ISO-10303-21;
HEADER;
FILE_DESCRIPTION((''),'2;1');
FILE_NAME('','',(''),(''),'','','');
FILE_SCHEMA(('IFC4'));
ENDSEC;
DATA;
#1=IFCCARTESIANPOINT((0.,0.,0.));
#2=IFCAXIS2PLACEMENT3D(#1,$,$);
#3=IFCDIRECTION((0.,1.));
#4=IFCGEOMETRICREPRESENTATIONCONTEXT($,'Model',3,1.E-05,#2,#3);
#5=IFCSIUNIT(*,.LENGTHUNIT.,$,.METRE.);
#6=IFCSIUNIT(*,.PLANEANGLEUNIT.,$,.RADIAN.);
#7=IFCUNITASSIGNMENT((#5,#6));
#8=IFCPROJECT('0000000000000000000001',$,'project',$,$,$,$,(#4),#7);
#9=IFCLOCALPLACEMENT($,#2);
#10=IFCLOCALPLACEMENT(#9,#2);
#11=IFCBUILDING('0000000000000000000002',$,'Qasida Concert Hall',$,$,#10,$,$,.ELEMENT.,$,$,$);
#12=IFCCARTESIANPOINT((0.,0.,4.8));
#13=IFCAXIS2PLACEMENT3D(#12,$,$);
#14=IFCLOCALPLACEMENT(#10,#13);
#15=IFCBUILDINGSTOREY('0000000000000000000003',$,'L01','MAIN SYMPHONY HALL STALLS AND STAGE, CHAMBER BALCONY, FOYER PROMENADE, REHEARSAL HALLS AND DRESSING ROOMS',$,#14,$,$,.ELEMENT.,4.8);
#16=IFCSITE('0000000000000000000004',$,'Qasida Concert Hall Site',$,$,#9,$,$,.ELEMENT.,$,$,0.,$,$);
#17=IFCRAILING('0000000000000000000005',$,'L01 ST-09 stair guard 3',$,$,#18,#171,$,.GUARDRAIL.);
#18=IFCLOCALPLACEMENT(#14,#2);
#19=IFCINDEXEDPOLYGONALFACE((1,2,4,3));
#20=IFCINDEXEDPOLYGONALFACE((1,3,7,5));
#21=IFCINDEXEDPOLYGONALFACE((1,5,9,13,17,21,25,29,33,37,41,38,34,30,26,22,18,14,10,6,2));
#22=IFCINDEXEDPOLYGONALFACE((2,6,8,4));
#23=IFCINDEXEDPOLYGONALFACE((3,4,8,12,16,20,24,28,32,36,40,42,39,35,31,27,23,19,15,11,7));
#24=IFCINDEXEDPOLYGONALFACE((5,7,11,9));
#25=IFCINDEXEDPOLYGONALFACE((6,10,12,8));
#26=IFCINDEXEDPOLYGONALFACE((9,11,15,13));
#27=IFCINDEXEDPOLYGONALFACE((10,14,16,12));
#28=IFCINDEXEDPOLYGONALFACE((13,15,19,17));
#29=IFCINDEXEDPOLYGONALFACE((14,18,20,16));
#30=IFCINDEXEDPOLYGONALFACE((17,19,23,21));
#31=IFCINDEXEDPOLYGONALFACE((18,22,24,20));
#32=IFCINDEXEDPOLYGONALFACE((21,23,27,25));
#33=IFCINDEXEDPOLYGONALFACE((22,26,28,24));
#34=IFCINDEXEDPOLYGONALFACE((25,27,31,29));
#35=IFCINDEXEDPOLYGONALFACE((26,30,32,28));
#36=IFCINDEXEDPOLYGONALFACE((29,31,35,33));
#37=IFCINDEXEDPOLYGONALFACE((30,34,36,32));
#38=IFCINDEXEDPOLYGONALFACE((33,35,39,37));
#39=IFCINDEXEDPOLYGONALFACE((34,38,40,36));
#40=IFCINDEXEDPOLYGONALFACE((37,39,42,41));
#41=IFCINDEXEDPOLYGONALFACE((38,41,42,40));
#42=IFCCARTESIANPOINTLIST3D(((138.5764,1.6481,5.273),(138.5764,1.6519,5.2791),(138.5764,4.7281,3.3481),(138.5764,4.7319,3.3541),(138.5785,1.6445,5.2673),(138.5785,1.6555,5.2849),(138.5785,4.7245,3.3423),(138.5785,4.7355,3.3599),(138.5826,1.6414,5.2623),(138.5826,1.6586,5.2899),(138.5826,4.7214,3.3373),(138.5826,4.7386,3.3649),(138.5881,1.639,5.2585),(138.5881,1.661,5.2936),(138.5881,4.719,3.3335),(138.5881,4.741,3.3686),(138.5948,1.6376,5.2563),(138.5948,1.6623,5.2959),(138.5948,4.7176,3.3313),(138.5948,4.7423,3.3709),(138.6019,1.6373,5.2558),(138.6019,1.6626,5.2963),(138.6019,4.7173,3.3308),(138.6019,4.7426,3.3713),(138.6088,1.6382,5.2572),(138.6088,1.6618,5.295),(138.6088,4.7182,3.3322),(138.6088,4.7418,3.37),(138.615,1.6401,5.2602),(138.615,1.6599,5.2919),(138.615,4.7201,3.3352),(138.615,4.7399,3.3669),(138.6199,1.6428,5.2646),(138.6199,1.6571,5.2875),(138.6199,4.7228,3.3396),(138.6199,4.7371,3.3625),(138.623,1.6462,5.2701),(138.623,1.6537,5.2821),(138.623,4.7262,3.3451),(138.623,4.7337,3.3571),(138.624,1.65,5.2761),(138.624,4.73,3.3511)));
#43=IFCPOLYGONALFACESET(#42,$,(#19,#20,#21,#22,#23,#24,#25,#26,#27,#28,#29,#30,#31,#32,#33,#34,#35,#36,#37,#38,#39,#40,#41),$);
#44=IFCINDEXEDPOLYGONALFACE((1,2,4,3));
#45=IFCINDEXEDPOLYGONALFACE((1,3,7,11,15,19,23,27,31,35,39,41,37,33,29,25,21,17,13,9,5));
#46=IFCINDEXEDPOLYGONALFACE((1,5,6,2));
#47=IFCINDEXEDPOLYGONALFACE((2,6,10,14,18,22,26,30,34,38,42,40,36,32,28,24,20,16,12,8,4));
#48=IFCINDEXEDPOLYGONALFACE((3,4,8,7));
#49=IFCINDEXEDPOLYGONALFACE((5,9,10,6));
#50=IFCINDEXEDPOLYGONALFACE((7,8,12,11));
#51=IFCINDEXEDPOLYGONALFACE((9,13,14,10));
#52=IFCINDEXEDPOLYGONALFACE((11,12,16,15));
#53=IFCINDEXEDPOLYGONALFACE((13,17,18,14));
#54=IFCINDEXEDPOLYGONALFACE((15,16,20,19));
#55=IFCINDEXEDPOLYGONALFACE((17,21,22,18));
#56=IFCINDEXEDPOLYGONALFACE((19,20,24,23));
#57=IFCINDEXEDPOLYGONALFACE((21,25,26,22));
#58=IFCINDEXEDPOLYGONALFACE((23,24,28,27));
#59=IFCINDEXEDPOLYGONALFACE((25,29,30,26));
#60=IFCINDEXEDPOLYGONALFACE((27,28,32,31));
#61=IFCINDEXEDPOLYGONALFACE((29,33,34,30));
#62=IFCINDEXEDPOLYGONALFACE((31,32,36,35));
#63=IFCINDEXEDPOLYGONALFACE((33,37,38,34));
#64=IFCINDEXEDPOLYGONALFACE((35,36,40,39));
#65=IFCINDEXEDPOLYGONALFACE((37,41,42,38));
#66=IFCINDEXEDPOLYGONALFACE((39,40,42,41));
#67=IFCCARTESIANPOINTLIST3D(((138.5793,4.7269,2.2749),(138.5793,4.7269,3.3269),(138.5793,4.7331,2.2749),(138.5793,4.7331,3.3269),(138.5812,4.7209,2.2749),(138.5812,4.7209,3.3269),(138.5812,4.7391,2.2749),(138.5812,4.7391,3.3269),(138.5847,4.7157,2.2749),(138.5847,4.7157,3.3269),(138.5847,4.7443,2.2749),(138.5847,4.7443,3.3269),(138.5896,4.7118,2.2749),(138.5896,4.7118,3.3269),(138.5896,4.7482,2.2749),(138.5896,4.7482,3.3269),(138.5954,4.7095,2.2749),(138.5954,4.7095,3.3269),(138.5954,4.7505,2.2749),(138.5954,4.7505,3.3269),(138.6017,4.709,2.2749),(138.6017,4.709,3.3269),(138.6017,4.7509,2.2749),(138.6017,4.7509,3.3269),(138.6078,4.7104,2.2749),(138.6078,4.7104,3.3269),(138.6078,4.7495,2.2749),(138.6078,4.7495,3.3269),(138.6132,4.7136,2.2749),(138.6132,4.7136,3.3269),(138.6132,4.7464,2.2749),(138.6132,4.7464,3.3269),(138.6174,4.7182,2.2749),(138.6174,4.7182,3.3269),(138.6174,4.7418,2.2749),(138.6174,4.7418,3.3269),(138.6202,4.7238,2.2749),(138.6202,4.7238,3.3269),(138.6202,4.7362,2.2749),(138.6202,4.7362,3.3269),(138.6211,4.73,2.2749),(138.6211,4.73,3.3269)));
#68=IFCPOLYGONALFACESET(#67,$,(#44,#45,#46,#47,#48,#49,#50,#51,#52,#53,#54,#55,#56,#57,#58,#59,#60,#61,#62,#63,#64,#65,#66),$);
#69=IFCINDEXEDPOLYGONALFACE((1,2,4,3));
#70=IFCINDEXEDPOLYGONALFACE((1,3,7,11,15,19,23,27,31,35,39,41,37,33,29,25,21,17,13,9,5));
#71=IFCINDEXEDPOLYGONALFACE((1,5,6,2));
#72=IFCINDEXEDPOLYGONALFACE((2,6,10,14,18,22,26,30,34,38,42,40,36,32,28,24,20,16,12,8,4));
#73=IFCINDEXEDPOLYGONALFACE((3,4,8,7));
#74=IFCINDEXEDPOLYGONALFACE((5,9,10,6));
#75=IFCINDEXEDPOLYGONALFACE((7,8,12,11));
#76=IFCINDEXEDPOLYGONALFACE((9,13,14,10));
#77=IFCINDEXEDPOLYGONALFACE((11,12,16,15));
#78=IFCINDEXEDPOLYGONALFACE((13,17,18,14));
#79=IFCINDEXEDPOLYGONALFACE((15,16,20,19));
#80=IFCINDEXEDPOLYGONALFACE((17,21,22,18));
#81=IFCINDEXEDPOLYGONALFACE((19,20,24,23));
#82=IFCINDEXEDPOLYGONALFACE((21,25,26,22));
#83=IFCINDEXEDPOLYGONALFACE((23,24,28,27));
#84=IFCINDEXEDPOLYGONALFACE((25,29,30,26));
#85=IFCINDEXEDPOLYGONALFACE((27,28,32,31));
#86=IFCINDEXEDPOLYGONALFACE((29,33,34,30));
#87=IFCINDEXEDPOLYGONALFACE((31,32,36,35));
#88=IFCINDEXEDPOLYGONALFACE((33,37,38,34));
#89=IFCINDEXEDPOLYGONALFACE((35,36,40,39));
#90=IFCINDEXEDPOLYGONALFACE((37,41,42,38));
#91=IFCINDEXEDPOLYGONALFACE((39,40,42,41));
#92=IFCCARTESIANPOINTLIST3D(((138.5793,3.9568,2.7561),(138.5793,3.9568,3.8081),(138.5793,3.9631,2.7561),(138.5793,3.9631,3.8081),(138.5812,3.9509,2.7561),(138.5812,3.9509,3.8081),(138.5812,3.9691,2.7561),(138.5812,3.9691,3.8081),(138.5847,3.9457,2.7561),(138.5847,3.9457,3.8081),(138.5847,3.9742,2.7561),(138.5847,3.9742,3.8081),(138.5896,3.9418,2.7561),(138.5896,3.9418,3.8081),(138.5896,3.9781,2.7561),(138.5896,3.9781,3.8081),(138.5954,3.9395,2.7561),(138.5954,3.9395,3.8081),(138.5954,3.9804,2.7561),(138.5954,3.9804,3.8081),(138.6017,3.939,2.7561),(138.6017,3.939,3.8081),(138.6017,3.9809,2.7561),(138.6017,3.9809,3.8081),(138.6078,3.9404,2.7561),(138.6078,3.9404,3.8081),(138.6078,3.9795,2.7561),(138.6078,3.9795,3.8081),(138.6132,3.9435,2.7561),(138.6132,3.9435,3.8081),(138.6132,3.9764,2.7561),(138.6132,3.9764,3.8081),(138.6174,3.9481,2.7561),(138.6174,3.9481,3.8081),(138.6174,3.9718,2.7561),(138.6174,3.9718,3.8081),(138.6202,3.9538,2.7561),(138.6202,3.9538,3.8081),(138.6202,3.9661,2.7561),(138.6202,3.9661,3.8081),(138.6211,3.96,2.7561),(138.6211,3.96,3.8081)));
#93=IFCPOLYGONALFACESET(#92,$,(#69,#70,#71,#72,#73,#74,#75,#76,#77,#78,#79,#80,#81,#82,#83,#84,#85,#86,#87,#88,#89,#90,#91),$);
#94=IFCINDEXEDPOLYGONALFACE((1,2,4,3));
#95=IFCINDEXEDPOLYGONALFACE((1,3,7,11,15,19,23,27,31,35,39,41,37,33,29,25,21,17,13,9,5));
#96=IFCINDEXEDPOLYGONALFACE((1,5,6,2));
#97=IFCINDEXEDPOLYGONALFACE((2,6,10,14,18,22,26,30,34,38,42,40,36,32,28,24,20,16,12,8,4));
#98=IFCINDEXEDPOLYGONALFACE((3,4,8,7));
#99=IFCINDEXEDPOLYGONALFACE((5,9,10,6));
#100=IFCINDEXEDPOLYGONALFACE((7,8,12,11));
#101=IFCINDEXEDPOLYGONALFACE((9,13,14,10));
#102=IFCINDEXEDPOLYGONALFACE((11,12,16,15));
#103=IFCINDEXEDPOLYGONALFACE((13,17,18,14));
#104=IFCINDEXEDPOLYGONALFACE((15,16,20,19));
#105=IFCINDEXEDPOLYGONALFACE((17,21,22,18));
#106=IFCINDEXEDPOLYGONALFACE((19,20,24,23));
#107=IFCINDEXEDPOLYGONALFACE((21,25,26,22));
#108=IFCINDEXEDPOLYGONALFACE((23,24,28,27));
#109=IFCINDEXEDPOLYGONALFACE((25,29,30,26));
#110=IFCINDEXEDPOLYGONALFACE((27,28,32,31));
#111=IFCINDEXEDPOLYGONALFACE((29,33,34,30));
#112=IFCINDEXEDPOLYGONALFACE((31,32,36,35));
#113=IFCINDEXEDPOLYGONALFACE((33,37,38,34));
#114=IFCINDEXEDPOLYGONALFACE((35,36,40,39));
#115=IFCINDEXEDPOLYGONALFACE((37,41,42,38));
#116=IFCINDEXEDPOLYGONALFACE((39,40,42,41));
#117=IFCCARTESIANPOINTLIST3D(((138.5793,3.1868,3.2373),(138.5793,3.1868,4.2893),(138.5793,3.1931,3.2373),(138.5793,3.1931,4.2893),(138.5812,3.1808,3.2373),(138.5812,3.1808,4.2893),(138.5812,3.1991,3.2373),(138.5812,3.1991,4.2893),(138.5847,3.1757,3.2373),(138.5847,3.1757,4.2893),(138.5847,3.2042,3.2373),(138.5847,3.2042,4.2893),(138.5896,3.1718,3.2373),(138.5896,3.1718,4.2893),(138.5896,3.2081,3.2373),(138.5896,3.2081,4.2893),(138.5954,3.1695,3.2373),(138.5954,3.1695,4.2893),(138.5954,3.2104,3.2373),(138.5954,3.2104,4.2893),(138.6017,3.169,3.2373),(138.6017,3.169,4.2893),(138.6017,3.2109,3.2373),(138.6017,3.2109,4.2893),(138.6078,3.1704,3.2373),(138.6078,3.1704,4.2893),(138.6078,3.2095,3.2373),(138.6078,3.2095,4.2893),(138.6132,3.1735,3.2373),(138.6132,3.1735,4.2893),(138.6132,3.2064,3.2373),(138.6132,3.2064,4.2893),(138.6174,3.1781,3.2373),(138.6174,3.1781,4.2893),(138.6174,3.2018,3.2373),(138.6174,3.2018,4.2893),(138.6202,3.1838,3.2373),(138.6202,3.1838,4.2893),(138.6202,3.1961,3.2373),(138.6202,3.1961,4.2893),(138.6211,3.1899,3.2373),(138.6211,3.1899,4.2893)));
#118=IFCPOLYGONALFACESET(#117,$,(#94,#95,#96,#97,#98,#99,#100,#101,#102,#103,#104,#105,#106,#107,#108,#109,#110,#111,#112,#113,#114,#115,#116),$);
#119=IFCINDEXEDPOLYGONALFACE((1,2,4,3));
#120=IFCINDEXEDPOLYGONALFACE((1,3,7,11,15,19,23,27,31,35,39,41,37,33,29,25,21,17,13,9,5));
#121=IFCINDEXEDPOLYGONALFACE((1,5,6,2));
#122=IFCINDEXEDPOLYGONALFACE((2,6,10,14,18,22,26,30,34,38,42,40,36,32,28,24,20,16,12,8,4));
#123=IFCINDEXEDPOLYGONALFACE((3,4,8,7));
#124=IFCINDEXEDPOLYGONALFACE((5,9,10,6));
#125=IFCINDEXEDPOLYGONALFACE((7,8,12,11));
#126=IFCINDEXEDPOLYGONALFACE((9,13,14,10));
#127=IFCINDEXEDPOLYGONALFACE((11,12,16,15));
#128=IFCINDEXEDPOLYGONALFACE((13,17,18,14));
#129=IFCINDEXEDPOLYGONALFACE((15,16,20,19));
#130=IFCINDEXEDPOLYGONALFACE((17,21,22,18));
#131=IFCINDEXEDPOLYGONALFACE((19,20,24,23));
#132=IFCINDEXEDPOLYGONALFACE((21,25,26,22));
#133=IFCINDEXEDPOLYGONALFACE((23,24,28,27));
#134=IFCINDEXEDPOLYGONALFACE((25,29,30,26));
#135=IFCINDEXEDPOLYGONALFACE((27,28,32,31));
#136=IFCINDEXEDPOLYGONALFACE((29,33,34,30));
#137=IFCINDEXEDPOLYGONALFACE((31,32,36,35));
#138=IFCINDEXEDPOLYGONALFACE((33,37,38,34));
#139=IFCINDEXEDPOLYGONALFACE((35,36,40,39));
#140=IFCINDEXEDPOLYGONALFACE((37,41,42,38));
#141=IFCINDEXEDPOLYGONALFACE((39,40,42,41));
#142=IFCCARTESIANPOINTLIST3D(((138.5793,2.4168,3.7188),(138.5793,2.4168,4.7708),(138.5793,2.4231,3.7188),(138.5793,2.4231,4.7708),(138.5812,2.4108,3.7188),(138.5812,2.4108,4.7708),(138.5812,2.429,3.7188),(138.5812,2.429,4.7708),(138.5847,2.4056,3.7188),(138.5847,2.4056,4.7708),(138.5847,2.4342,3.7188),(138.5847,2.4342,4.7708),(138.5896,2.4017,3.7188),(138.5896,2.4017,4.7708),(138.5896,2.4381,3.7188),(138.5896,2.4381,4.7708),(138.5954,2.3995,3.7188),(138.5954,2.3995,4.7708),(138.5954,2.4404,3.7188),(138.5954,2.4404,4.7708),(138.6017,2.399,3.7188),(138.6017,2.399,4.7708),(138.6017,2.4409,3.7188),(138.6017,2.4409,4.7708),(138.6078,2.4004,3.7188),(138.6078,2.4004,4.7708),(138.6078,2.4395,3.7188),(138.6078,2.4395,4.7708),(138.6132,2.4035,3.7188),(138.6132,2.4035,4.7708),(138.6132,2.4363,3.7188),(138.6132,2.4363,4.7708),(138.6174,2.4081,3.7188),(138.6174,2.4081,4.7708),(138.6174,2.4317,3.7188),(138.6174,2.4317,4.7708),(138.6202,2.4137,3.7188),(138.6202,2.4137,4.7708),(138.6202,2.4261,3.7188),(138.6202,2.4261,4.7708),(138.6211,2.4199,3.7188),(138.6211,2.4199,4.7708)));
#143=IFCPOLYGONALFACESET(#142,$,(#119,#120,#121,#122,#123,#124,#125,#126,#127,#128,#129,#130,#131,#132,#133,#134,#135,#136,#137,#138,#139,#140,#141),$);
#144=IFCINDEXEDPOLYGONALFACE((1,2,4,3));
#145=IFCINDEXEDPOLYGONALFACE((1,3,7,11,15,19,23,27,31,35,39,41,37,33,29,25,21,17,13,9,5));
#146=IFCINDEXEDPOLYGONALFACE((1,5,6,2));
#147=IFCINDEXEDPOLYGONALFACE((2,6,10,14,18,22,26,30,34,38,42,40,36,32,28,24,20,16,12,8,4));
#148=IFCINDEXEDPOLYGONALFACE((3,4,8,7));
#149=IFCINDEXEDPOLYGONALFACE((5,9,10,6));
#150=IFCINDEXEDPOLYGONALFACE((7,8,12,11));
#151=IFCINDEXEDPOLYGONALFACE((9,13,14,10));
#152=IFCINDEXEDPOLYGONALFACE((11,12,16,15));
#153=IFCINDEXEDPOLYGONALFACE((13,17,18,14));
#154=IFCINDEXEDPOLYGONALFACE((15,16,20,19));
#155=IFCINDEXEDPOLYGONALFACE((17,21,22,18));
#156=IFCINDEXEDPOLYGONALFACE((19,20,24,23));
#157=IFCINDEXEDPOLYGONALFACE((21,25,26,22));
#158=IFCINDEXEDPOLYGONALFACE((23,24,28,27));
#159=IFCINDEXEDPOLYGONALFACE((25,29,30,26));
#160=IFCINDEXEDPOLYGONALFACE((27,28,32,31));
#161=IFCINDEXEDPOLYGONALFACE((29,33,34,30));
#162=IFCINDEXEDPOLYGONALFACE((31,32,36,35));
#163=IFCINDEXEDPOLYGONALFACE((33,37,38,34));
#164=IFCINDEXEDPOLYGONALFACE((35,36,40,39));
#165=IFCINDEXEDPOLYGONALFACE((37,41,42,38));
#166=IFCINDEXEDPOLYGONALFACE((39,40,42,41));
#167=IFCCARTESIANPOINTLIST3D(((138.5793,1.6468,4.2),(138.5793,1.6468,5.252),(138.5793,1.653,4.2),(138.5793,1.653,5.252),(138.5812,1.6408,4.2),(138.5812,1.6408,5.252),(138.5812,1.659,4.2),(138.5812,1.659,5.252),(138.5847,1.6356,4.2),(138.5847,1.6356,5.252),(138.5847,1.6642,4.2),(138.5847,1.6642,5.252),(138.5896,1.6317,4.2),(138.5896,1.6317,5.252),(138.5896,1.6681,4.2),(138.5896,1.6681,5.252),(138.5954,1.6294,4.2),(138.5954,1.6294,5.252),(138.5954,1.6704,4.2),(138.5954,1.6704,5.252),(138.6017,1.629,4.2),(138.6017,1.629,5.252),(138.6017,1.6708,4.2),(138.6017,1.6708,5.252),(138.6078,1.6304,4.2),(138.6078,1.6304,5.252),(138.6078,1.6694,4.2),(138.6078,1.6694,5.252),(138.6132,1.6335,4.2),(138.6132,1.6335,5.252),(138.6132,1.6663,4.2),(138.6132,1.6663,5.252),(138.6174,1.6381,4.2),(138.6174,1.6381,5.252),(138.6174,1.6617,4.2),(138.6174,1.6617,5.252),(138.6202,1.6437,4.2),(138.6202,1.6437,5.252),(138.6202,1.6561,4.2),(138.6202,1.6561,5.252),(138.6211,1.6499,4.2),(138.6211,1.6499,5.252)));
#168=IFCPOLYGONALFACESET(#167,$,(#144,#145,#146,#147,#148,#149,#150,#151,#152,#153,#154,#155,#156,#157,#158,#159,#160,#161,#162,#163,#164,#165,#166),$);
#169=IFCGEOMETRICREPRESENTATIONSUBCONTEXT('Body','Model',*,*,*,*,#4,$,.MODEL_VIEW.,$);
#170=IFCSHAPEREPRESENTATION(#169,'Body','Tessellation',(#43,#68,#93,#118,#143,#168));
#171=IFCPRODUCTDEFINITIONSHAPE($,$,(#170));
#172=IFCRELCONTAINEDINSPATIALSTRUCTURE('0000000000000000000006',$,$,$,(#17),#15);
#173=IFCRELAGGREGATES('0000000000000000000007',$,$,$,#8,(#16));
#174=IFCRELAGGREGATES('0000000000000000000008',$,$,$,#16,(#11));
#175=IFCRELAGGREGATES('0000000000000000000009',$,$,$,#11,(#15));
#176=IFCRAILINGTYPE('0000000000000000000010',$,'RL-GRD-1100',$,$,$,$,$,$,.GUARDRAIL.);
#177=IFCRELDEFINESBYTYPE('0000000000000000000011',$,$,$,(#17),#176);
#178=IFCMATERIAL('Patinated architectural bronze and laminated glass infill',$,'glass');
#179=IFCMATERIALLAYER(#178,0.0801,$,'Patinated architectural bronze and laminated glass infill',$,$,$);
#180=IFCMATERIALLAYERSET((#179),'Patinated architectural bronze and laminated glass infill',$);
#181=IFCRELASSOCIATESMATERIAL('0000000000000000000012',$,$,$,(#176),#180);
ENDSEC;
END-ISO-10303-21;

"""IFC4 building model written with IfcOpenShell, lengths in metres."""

from ifc_helpers import new_model, si_unit, direction, frame, origin, origin_2d, place, context, subcontext, project, spatial, circle, extrude, material, layer, layer_set, type_object, element, save


model = new_model("IFC4")

# Units and contexts
model_context = context("Model", 3, precision=1e-05, world=origin(), true_north=direction((0.0, 1.0)))
body_context = subcontext(model_context, "Body", "Model", "MODEL_VIEW")
ifc_project = project(units=[si_unit("LENGTHUNIT", "METRE"), si_unit("PLANEANGLEUNIT", "RADIAN")], contexts=[model_context])

# Site, building, storey
site_placement = place(None, origin())
site = spatial("IfcSite", under=ifc_project, at=site_placement, Name="Qasida Concert Hall Site", CompositionType="ELEMENT", RefElevation=0.0)
building_placement = place(site_placement, origin())
building = spatial("IfcBuilding", under=site, at=building_placement, Name="Qasida Concert Hall", CompositionType="ELEMENT")
storey_placement = place(building_placement, frame((0.0, 0.0, 4.8)))
storey = spatial("IfcBuildingStorey", under=building, at=storey_placement, Name="L01", Description="MAIN SYMPHONY HALL STALLS AND STAGE, CHAMBER BALCONY, FOYER PROMENADE, REHEARSAL HALLS AND DRESSING ROOMS", CompositionType="ELEMENT", Elevation=4.8)

# Railing
ifc_material_1 = material(Name="Patinated architectural bronze and laminated glass infill", Category="glass")
ifc_layer_1 = layer(ifc_material_1, 0.0801, Name="Patinated architectural bronze and laminated glass infill")
ifc_layer_set_1 = layer_set([ifc_layer_1], Name="Patinated architectural bronze and laminated glass infill")
railing_type_1 = type_object("IfcRailingType", Name="RL-GRD-1100", PredefinedType="GUARDRAIL", material=ifc_layer_set_1)
railing_1_placement = place(storey_placement, frame((138.6001, 4.73, 2.2749)))
element("IfcRailing", 1, at=railing_1_placement, inside=storey, type_object=railing_type_1, Name="L01 ST-09 stair guard 3", PredefinedType="GUARDRAIL", context=body_context, shape_type="SweptSolid", body=[
    extrude(circle(Radius=0.0239, at=origin_2d()), frame((0.0, 0.0, 1.0762), z_axis=(0.0, -0.847998, 0.529999), x_axis=(1.0, 0.0, 0.0)), (0.0, 0.0, 1.0), 3.6321),
    extrude(circle(Radius=0.021, at=origin_2d()), origin(), (0.0, 0.0, 1.0), 1.052),
    extrude(circle(Radius=0.021, at=origin_2d()), frame((0.0, -0.77, 0.4812)), (0.0, 0.0, 1.0), 1.052),
    extrude(circle(Radius=0.021, at=origin_2d()), frame((0.0, -1.54, 0.9624)), (0.0, 0.0, 1.0), 1.052),
    extrude(circle(Radius=0.021, at=origin_2d()), frame((0.0, -2.3101, 1.4438)), (0.0, 0.0, 1.0), 1.052),
    extrude(circle(Radius=0.021, at=origin_2d()), frame((0.0, -3.0801, 1.925)), (0.0, 0.0, 1.0), 1.052),
])

save(model, "model.ifc")
